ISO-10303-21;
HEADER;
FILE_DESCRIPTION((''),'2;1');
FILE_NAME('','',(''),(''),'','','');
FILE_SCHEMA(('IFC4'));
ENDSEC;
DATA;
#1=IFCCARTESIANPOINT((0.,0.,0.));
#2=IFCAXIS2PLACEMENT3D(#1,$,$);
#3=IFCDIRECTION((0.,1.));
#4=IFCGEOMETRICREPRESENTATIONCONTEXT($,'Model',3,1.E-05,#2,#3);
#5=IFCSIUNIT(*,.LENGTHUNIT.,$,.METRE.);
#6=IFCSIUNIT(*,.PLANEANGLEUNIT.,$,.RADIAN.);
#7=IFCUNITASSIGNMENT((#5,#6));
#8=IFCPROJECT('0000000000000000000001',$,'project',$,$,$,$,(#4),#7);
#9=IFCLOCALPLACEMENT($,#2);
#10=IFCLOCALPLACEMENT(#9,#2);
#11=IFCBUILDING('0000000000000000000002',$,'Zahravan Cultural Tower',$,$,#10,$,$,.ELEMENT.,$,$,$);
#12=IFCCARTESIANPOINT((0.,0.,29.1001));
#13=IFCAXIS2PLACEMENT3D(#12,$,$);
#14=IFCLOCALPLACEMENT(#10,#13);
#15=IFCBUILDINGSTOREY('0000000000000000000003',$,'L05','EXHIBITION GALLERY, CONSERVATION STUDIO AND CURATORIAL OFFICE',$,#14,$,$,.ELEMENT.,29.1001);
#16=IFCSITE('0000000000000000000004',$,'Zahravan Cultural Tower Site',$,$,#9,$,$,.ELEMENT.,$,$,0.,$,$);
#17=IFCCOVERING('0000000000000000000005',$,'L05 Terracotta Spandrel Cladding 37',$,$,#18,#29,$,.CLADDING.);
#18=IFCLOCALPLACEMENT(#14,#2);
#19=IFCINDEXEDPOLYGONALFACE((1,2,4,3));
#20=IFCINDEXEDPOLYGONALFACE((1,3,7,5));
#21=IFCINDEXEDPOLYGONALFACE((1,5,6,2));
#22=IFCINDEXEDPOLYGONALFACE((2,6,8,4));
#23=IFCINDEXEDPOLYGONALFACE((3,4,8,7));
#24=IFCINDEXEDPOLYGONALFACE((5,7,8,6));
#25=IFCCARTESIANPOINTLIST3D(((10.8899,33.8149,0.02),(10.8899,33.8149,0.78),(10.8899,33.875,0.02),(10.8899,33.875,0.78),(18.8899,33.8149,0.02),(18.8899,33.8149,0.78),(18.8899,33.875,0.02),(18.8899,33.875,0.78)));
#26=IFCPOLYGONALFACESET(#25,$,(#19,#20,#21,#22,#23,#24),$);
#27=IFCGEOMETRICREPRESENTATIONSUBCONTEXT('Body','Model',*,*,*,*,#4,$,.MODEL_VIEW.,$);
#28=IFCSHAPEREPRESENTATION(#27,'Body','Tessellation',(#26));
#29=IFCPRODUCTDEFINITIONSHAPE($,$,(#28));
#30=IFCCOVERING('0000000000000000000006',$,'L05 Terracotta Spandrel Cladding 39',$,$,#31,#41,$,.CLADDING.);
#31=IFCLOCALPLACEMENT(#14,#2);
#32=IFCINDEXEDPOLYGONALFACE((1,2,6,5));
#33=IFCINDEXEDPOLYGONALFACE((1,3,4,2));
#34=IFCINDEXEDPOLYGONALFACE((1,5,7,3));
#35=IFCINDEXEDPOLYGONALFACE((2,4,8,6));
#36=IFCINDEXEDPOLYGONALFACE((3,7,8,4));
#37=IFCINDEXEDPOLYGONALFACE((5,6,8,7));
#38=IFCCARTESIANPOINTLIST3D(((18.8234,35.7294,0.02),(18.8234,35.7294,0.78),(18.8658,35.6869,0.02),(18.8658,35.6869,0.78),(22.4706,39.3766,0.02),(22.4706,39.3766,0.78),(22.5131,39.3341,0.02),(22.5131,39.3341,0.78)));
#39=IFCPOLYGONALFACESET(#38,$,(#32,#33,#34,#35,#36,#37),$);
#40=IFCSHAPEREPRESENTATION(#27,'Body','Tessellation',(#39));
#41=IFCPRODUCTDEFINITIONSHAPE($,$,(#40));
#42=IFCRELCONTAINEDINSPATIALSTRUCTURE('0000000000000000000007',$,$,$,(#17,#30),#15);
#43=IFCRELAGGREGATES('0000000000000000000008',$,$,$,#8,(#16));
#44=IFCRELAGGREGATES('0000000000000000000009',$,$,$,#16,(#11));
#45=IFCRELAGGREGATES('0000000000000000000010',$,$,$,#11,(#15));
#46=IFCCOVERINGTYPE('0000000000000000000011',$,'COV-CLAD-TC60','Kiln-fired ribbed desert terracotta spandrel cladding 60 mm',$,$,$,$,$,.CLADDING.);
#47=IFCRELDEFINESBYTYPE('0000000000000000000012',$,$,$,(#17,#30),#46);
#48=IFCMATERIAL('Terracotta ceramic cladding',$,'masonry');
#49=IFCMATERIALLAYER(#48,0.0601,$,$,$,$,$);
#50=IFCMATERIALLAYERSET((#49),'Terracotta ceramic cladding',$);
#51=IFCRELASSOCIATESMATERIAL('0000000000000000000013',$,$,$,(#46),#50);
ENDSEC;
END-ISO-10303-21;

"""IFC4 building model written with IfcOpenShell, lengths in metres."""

from ifc_helpers import new_model, si_unit, direction, frame, origin, origin_2d, place, context, subcontext, project, spatial, rectangle, extrude, source, transform, mapped, material, layer, layer_set, type_object, element, save


model = new_model("IFC4")

# Units and contexts
model_context = context("Model", 3, precision=1e-05, world=origin(), true_north=direction((0.0, 1.0)))
body_context = subcontext(model_context, "Body", "Model", "MODEL_VIEW")
ifc_project = project(units=[si_unit("LENGTHUNIT", "METRE"), si_unit("PLANEANGLEUNIT", "RADIAN")], contexts=[model_context])

# Site, building, storey
site_placement = place(None, origin())
site = spatial("IfcSite", under=ifc_project, at=site_placement, Name="Zahravan Cultural Tower Site", CompositionType="ELEMENT", RefElevation=0.0)
building_placement = place(site_placement, origin())
building = spatial("IfcBuilding", under=site, at=building_placement, Name="Zahravan Cultural Tower", CompositionType="ELEMENT")
storey_placement = place(building_placement, frame((0.0, 0.0, 29.1001)))
storey = spatial("IfcBuildingStorey", under=building, at=storey_placement, Name="L05", Description="EXHIBITION GALLERY, CONSERVATION STUDIO AND CURATORIAL OFFICE", CompositionType="ELEMENT", Elevation=29.1001)

# Coverings
ifc_material_1 = material(Name="Terracotta ceramic cladding", Category="masonry")
ifc_layer_1 = layer(ifc_material_1, 0.0601)
ifc_layer_set_1 = layer_set([ifc_layer_1], Name="Terracotta ceramic cladding")
covering_type = type_object("IfcCoveringType", Name="COV-CLAD-TC60", Description="Kiln-fired ribbed desert terracotta spandrel cladding 60 mm", PredefinedType="CLADDING", material=ifc_layer_set_1)
shared_shape_1 = source(origin(), body_context, "Body", "SweptSolid", [
    extrude(rectangle(XDim=8.0, YDim=0.0601, at=origin_2d()), origin(), (0.0, 0.0, 1.0), 0.76),
])
covering_1_placement = place(storey_placement, frame((14.8899, 33.845, 0.02), z_axis=(0.0, 0.0, 1.0), x_axis=(1.0, 0.0, 0.0)))
element("IfcCovering", 1, at=covering_1_placement, inside=storey, type_object=covering_type, Name="L05 Terracotta Spandrel Cladding 37", PredefinedType="CLADDING", context=body_context, shape_type="MappedRepresentation", body=[
    mapped(shared_shape_1, transform((0.0, 0.0, 0.0), x_axis=(1.0, 0.0, 0.0), y_axis=(0.0, 1.0, 0.0), z_axis=(0.0, 0.0, 1.0), scale=1.0)),
])
shared_shape_2 = source(origin(), body_context, "Body", "SweptSolid", [
    extrude(rectangle(XDim=5.158, YDim=0.0601, at=origin_2d()), origin(), (0.0, 0.0, 1.0), 0.76),
])
covering_2_placement = place(storey_placement, frame((20.6682, 37.5317, 0.02), z_axis=(0.0, 0.0, 1.0), x_axis=(0.707107, 0.707107, 0.0)))
element("IfcCovering", 2, at=covering_2_placement, inside=storey, type_object=covering_type, Name="L05 Terracotta Spandrel Cladding 39", PredefinedType="CLADDING", context=body_context, shape_type="MappedRepresentation", body=[
    mapped(shared_shape_2, transform((0.0, 0.0, 0.0), x_axis=(1.0, 0.0, 0.0), y_axis=(0.0, 1.0, 0.0), z_axis=(0.0, 0.0, 1.0), scale=1.0)),
])

save(model, "model.ifc")
